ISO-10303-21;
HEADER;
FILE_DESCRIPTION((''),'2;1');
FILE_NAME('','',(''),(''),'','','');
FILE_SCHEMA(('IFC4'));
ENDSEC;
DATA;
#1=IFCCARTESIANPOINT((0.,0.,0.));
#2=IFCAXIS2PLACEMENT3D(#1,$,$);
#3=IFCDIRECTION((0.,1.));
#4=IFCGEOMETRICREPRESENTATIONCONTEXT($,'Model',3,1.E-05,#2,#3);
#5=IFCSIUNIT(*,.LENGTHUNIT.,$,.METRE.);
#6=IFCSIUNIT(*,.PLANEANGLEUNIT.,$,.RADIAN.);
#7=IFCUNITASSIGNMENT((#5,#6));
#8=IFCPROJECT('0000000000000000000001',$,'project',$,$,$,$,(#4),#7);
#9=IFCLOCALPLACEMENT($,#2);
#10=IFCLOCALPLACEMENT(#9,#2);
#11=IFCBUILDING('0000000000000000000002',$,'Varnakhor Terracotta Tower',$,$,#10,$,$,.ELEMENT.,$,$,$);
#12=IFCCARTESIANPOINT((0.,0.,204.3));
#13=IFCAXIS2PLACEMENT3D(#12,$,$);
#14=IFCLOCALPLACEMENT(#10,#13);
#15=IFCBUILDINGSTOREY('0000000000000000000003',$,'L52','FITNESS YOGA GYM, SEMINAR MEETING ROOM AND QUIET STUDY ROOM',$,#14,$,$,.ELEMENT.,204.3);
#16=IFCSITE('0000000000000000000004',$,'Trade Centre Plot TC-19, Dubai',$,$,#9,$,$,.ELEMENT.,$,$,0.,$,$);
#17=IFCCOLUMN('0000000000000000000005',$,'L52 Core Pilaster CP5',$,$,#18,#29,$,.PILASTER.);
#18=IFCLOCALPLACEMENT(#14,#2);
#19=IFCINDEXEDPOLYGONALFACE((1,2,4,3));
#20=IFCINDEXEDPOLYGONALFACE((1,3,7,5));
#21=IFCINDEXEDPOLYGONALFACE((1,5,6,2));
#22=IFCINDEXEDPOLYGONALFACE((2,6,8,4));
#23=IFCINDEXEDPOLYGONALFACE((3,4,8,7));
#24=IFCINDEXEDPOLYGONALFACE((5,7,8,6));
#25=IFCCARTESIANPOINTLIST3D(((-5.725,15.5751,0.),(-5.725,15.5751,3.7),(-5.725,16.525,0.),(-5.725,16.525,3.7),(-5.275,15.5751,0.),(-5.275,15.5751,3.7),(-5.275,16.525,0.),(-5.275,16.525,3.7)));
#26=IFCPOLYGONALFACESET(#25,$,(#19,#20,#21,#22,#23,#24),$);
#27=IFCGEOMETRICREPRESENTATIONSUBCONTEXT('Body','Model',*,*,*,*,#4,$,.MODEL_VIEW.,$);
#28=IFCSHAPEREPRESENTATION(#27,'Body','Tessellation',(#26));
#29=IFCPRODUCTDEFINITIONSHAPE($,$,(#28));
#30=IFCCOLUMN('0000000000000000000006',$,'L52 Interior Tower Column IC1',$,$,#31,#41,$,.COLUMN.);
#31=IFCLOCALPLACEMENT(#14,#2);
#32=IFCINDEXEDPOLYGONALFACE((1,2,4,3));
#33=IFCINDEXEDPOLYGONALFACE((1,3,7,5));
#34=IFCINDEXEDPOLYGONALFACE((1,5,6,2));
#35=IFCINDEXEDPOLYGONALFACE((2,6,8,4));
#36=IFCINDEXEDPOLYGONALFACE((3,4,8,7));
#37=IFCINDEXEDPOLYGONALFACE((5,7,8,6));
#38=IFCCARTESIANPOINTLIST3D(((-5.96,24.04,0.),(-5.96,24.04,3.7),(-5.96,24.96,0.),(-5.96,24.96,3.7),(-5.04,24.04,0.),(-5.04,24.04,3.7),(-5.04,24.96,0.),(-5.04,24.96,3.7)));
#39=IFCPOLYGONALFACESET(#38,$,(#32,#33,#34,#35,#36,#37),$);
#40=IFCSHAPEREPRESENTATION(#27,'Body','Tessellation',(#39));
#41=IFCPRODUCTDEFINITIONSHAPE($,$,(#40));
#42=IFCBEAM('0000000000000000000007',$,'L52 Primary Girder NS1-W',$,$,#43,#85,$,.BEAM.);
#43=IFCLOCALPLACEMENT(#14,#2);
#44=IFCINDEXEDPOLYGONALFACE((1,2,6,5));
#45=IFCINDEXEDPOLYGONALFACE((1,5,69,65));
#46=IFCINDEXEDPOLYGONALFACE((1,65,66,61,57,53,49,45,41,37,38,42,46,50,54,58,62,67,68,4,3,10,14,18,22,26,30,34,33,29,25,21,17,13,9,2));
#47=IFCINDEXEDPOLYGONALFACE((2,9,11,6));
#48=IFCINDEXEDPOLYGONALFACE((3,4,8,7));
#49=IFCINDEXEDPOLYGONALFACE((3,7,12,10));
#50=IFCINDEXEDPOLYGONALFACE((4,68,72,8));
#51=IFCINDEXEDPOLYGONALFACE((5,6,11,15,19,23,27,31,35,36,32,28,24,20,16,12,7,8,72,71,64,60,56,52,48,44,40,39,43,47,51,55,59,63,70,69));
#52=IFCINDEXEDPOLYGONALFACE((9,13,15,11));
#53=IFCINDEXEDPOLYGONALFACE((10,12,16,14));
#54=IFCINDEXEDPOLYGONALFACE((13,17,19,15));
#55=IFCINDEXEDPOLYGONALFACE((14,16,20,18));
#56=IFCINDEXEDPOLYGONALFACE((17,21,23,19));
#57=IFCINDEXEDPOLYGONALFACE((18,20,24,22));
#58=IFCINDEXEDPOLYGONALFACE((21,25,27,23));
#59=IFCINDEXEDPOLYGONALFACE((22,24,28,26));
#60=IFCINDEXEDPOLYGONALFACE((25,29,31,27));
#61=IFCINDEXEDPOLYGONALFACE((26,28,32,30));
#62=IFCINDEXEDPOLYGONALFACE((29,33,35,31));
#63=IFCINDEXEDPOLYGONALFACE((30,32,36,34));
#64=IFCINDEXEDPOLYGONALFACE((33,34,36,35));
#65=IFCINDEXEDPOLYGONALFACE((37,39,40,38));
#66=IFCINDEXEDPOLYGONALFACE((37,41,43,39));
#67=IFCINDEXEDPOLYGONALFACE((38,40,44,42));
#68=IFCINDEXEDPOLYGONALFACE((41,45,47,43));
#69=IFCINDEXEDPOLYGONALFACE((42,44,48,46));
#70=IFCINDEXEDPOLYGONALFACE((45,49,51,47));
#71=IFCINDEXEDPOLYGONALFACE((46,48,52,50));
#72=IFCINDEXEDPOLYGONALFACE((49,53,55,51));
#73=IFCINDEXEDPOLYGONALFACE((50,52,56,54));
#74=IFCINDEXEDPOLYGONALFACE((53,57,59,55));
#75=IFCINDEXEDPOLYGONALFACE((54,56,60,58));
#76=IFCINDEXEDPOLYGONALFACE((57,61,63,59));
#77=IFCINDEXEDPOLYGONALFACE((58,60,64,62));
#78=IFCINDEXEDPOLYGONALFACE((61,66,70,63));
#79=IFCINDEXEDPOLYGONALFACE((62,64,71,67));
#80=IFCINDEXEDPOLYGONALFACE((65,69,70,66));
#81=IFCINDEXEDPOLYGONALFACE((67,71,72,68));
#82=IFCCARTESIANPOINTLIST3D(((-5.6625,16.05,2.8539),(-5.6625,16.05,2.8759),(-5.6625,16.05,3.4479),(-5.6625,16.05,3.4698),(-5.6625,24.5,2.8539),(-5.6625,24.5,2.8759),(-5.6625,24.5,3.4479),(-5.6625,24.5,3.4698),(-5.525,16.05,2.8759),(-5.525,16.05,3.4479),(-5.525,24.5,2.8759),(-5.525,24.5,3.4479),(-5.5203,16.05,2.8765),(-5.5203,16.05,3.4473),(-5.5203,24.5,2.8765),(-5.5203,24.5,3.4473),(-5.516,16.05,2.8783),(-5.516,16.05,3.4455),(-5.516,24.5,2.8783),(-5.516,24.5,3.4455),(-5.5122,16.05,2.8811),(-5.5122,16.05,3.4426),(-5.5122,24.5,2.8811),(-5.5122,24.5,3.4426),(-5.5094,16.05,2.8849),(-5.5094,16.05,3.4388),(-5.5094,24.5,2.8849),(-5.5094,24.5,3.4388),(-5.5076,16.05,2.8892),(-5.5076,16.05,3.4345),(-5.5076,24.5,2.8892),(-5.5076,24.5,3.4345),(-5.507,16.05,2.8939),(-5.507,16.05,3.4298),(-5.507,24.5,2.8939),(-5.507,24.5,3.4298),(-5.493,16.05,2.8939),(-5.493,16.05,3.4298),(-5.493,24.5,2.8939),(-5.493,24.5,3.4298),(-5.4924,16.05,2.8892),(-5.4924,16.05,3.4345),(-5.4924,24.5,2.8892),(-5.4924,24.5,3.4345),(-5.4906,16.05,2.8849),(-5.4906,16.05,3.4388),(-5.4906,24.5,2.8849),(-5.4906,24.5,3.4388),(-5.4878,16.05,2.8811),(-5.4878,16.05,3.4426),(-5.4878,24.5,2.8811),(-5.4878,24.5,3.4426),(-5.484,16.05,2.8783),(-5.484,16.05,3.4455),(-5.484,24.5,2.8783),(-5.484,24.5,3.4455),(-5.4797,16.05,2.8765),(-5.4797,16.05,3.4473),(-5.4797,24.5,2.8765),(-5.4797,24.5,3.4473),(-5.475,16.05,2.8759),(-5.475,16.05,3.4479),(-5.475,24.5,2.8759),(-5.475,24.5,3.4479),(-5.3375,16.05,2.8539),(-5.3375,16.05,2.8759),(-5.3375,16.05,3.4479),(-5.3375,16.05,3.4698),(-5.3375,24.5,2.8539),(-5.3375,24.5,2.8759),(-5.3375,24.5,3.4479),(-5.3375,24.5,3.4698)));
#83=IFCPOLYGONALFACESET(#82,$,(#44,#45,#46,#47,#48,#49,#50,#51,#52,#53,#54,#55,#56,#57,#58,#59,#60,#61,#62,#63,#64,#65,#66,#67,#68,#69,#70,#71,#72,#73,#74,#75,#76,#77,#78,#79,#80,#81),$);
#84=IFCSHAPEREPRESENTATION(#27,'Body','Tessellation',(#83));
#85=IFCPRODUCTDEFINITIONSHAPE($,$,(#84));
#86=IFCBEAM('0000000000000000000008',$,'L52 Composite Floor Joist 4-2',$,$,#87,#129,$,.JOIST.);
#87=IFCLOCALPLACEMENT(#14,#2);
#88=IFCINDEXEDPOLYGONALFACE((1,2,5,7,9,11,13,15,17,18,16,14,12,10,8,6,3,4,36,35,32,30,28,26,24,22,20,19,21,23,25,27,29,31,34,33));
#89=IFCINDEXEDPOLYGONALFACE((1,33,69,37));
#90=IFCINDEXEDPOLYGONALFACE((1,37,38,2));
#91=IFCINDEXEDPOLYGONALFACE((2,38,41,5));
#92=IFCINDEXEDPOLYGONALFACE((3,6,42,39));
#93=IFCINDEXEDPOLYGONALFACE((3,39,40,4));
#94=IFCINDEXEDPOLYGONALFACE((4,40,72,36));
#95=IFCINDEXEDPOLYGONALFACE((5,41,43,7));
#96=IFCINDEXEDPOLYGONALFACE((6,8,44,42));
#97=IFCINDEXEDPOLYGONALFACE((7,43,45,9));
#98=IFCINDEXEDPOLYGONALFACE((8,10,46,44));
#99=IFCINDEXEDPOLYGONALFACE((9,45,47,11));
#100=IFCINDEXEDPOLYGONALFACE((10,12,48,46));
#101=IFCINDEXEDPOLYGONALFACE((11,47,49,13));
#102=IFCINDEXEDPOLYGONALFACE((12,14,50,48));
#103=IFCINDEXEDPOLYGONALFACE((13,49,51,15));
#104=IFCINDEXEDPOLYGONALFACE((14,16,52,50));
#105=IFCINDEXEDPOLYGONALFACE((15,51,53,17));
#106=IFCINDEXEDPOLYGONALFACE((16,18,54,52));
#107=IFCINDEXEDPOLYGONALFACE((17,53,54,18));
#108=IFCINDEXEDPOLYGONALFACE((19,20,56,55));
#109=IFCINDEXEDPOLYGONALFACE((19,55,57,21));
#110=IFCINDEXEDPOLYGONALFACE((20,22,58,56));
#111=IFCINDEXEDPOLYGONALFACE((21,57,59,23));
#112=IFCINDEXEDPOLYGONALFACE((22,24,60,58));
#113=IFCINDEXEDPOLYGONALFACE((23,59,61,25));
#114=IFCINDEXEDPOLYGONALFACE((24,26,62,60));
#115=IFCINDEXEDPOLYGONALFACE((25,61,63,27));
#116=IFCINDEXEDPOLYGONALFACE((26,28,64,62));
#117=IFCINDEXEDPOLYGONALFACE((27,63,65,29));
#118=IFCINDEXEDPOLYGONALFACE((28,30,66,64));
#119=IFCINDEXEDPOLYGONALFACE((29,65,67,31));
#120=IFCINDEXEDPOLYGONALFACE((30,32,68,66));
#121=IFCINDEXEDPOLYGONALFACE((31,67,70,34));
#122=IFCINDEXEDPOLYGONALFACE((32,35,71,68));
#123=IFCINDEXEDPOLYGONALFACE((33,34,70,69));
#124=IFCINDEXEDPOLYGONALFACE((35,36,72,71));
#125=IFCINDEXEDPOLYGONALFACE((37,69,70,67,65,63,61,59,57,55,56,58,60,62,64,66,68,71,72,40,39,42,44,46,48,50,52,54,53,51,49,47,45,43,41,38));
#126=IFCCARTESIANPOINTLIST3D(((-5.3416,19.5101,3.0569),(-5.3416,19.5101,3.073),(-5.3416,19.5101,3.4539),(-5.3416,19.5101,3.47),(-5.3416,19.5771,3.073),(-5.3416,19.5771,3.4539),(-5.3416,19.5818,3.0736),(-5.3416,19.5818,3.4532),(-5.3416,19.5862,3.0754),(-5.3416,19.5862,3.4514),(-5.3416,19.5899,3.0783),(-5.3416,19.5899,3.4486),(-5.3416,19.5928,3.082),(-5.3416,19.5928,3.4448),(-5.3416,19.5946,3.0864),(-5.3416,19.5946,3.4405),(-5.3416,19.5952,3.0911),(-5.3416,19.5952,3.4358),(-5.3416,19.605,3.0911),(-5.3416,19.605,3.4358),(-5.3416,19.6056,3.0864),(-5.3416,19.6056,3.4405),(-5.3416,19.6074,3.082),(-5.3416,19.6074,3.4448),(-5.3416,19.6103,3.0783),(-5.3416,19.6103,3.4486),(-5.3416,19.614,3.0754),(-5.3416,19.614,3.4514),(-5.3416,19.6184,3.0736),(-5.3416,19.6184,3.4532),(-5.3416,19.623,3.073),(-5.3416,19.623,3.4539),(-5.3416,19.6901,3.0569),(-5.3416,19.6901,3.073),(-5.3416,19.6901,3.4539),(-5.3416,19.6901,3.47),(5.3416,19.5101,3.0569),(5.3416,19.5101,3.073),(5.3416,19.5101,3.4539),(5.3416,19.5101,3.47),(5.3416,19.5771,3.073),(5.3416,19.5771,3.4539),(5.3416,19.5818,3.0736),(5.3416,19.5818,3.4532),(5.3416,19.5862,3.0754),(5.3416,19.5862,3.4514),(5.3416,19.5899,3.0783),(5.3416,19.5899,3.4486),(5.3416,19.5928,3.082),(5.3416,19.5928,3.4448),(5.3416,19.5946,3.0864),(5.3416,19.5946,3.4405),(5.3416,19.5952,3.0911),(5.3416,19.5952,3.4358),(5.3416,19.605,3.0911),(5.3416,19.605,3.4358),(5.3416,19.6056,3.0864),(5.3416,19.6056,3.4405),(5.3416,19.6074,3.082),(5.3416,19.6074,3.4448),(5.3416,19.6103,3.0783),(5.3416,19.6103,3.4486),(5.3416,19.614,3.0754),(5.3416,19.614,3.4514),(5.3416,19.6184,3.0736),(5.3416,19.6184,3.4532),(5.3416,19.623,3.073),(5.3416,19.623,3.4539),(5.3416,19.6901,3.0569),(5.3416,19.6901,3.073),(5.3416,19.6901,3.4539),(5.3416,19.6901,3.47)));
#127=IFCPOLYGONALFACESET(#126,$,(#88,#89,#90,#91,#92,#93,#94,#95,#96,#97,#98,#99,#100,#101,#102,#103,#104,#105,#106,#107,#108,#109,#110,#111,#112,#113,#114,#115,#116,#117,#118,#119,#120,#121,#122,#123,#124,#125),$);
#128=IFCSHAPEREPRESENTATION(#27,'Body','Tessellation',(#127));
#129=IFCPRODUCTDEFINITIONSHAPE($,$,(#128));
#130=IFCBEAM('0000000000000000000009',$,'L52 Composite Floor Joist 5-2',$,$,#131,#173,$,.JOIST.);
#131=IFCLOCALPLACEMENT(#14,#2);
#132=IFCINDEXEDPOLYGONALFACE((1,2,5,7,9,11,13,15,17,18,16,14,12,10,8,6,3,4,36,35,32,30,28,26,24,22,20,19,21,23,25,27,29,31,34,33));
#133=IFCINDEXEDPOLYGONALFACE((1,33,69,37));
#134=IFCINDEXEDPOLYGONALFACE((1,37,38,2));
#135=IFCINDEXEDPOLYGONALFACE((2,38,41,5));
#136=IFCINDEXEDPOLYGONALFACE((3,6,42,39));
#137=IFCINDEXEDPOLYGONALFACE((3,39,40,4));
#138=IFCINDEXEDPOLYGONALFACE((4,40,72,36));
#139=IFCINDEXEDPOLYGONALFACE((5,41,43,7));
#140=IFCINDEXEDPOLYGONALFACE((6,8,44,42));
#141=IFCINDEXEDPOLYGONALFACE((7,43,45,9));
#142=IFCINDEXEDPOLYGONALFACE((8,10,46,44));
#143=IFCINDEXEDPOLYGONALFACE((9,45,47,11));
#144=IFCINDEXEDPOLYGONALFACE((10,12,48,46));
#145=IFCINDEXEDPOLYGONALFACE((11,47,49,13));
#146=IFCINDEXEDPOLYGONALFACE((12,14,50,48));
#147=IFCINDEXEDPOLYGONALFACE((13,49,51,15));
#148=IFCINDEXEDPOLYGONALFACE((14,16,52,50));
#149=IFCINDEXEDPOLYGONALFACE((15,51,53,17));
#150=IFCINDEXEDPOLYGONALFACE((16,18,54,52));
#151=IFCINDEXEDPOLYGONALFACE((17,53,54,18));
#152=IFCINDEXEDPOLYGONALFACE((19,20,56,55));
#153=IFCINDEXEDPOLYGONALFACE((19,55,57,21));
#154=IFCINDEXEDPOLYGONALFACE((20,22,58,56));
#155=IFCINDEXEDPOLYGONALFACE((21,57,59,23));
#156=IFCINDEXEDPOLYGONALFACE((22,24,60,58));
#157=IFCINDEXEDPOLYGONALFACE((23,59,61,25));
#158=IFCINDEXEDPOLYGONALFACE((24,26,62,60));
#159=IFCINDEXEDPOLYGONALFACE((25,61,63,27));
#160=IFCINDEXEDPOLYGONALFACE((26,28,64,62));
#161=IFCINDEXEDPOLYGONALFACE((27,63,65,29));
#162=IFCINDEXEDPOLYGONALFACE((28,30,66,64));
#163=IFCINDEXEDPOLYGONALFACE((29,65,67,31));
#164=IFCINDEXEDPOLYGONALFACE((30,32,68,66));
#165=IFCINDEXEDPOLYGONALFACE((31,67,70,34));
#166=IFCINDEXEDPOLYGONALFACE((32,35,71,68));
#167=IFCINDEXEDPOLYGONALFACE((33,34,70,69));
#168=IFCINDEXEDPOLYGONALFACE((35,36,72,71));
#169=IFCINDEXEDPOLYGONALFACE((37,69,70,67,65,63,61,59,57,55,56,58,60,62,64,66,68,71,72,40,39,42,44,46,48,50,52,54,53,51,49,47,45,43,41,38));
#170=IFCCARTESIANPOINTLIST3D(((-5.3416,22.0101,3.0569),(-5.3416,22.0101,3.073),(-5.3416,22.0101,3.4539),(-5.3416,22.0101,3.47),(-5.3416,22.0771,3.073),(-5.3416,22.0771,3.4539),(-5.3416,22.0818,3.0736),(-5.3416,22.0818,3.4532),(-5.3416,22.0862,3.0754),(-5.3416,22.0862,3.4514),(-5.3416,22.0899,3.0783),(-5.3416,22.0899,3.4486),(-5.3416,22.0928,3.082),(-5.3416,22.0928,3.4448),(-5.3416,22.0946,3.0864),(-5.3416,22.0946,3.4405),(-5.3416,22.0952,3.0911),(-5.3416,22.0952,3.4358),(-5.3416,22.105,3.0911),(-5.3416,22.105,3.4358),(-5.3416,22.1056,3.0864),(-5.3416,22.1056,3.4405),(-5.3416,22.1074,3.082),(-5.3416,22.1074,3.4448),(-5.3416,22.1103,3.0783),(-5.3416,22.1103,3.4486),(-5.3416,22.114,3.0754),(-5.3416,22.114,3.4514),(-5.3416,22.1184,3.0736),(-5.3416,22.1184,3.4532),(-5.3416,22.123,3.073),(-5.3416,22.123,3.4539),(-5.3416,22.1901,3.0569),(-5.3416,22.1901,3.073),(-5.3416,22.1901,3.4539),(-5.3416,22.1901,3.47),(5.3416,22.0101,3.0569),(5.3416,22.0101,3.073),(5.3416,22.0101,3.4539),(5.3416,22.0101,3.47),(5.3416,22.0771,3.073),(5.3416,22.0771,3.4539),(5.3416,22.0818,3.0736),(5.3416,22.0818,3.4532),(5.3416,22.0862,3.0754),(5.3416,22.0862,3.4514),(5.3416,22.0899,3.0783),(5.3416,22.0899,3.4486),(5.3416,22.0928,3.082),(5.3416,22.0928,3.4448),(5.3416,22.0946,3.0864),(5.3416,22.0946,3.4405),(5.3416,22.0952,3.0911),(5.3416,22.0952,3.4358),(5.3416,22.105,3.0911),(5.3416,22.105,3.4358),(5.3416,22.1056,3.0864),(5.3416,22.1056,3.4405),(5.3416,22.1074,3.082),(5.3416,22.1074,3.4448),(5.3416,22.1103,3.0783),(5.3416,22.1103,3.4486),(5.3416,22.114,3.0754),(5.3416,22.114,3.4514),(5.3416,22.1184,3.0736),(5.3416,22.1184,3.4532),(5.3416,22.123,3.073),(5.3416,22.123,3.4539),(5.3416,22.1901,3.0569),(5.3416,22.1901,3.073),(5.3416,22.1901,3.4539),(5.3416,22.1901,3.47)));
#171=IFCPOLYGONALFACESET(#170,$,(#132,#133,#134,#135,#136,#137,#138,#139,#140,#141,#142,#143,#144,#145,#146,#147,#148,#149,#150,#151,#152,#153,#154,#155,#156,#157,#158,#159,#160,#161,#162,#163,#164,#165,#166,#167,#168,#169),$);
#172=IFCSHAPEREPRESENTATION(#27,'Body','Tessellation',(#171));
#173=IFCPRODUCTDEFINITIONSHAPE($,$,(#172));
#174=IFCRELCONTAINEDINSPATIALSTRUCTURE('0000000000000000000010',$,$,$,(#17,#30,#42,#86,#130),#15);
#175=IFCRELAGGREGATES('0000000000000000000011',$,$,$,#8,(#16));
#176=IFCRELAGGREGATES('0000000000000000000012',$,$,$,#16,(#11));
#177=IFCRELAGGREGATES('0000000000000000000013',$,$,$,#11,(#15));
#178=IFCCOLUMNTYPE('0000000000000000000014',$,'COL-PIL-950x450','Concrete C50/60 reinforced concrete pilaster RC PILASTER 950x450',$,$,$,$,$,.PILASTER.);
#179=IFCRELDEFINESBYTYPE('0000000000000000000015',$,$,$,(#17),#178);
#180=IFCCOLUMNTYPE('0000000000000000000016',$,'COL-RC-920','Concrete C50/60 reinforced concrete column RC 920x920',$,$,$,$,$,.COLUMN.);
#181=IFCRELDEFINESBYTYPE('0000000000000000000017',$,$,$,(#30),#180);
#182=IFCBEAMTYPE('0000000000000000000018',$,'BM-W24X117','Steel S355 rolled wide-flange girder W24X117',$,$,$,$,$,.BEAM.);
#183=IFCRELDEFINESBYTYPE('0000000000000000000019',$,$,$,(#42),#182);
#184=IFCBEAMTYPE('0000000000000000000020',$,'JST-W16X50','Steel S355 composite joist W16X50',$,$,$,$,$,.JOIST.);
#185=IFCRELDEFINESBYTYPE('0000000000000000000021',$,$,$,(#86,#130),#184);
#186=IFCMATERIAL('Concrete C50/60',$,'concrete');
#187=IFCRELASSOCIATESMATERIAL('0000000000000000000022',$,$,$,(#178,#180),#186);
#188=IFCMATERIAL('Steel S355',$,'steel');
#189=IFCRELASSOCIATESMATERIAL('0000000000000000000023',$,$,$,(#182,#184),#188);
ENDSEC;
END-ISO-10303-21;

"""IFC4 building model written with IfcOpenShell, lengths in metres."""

from ifc_helpers import new_model, si_unit, direction, frame, origin, origin_2d, place, context, subcontext, project, spatial, rectangle, i_section, extrude, source, transform, mapped, material, material_profile, profile_set, type_object, type_shapes, element, save


model = new_model("IFC4")

# Units and contexts
model_context = context("Model", 3, precision=1e-05, world=origin(), true_north=direction((0.0, 1.0)))
body_context = subcontext(model_context, "Body", "Model", "MODEL_VIEW")
ifc_project = project(units=[si_unit("LENGTHUNIT", "METRE"), si_unit("PLANEANGLEUNIT", "RADIAN")], contexts=[model_context])

# Site, building, storey
site_placement = place(None, origin())
site = spatial("IfcSite", under=ifc_project, at=site_placement, Name="Trade Centre Plot TC-19, Dubai", CompositionType="ELEMENT", RefElevation=0.0)
building_placement = place(site_placement, origin())
building = spatial("IfcBuilding", under=site, at=building_placement, Name="Varnakhor Terracotta Tower", CompositionType="ELEMENT")
storey_placement = place(building_placement, frame((0.0, 0.0, 204.3)))
storey = spatial("IfcBuildingStorey", under=building, at=storey_placement, Name="L52", Description="FITNESS YOGA GYM, SEMINAR MEETING ROOM AND QUIET STUDY ROOM", CompositionType="ELEMENT", Elevation=204.3)

# Columns
ifc_material_1 = material(Name="Concrete C50/60", Category="concrete")
ifc_material_profile_1 = material_profile(ifc_material_1, rectangle(XDim=0.45, YDim=0.95, at=origin_2d()), Name="RC PILASTER 950x450")
ifc_profile_set_1 = profile_set([ifc_material_profile_1], Name="Concrete C50/60")
column_type_1 = type_object("IfcColumnType", Name="COL-PIL-950x450", Description="Concrete C50/60 reinforced concrete pilaster RC PILASTER 950x450", PredefinedType="PILASTER", material=ifc_profile_set_1)
shared_shape_1 = source(origin(), body_context, "Body", "SweptSolid", [
    extrude(rectangle(XDim=0.45, YDim=0.95, at=origin_2d()), origin(), (0.0, 0.0, 1.0), 3.7),
])
column_1_placement = place(storey_placement, frame((-5.5, 16.05, 0.0), z_axis=(0.0, 0.0, 1.0), x_axis=(1.0, 0.0, 0.0)))
element("IfcColumn", 1, at=column_1_placement, inside=storey, type_object=column_type_1, Name="L52 Core Pilaster CP5", PredefinedType="PILASTER", context=body_context, shape_type="MappedRepresentation", body=[
    mapped(shared_shape_1, transform((0.0, 0.0, 0.0), scale=1.0)),
])
ifc_material_profile_2 = material_profile(ifc_material_1, rectangle(XDim=0.9199, YDim=0.9199, at=origin_2d()), Name="RC 920x920")
ifc_profile_set_2 = profile_set([ifc_material_profile_2], Name="Concrete C50/60")
column_type_2 = type_object("IfcColumnType", Name="COL-RC-920", Description="Concrete C50/60 reinforced concrete column RC 920x920", PredefinedType="COLUMN", material=ifc_profile_set_2)
shared_shape_2 = source(origin(), body_context, "Body", "SweptSolid", [
    extrude(rectangle(XDim=0.9199, YDim=0.9199, at=origin_2d()), origin(), (0.0, 0.0, 1.0), 3.7),
])
column_2_placement = place(storey_placement, frame((-5.5, 24.5, 0.0), z_axis=(0.0, 0.0, 1.0), x_axis=(1.0, 0.0, 0.0)))
element("IfcColumn", 2, at=column_2_placement, inside=storey, type_object=column_type_2, Name="L52 Interior Tower Column IC1", PredefinedType="COLUMN", context=body_context, shape_type="MappedRepresentation", body=[
    mapped(shared_shape_2, transform((0.0, 0.0, 0.0), scale=1.0)),
])

# Beams
ifc_material_2 = material(Name="Steel S355", Category="steel")
ifc_material_profile_3 = material_profile(ifc_material_2, i_section(OverallWidth=0.325, OverallDepth=0.616, WebThickness=0.0139, FlangeThickness=0.022, FilletRadius=0.0181, at=origin_2d()), Name="W24X117")
ifc_profile_set_3 = profile_set([ifc_material_profile_3], Name="Steel S355")
beam_type_1 = type_object("IfcBeamType", Name="BM-W24X117", Description="Steel S355 rolled wide-flange girder W24X117", PredefinedType="BEAM", material=ifc_profile_set_3)
shared_shape_3 = source(origin(), body_context, "Body", "SweptSolid", [
    extrude(i_section(OverallWidth=0.325, OverallDepth=0.616, WebThickness=0.0139, FlangeThickness=0.022, FilletRadius=0.0181, at=origin_2d()), origin(), (0.0, 0.0, 1.0), 8.45),
])
type_shapes(beam_type_1, [shared_shape_3])
beam_placement = place(storey_placement, frame((-5.5, 16.05, 3.1619), z_axis=(0.0, 1.0, 0.0), x_axis=(-1.0, 0.0, 0.0)))
element("IfcBeam", 3, at=beam_placement, inside=storey, type_object=beam_type_1, Name="L52 Primary Girder NS1-W", PredefinedType="BEAM", context=body_context, shape_type="MappedRepresentation", body=[
    mapped(shared_shape_3, transform((0.0, 0.0, 0.0), scale=1.0)),
])
ifc_material_profile_4 = material_profile(ifc_material_2, i_section(OverallWidth=0.1799, OverallDepth=0.4131, WebThickness=0.0098, FlangeThickness=0.0161, FilletRadius=0.0181, at=origin_2d()), Name="W16X50")
ifc_profile_set_4 = profile_set([ifc_material_profile_4], Name="Steel S355")
beam_type_2 = type_object("IfcBeamType", Name="JST-W16X50", Description="Steel S355 composite joist W16X50", PredefinedType="JOIST", material=ifc_profile_set_4)
shared_shape_4 = source(origin(), body_context, "Body", "SweptSolid", [
    extrude(i_section(OverallWidth=0.1799, OverallDepth=0.4131, WebThickness=0.0098, FlangeThickness=0.0161, FilletRadius=0.0181, at=origin_2d()), origin(), (0.0, 0.0, 1.0), 10.6831),
])
for number, where, z_axis, x_axis, name in (
    (4, (-5.3416, 19.6001, 3.2634), (1.0, 0.0, 0.0), (0.0, 1.0, 0.0), "L52 Composite Floor Joist 4-2"),
    (5, (-5.3416, 22.1001, 3.2634), (1.0, 0.0, 0.0), (0.0, 1.0, 0.0), "L52 Composite Floor Joist 5-2"),
):
    element("IfcBeam", number, at=place(storey_placement, frame(where, z_axis=z_axis, x_axis=x_axis)), inside=storey, type_object=beam_type_2, Name=name, PredefinedType="JOIST", context=body_context, shape_type="MappedRepresentation", body=[
        mapped(shared_shape_4, transform((0.0, 0.0, 0.0), scale=1.0)),
    ])

save(model, "model.ifc")
